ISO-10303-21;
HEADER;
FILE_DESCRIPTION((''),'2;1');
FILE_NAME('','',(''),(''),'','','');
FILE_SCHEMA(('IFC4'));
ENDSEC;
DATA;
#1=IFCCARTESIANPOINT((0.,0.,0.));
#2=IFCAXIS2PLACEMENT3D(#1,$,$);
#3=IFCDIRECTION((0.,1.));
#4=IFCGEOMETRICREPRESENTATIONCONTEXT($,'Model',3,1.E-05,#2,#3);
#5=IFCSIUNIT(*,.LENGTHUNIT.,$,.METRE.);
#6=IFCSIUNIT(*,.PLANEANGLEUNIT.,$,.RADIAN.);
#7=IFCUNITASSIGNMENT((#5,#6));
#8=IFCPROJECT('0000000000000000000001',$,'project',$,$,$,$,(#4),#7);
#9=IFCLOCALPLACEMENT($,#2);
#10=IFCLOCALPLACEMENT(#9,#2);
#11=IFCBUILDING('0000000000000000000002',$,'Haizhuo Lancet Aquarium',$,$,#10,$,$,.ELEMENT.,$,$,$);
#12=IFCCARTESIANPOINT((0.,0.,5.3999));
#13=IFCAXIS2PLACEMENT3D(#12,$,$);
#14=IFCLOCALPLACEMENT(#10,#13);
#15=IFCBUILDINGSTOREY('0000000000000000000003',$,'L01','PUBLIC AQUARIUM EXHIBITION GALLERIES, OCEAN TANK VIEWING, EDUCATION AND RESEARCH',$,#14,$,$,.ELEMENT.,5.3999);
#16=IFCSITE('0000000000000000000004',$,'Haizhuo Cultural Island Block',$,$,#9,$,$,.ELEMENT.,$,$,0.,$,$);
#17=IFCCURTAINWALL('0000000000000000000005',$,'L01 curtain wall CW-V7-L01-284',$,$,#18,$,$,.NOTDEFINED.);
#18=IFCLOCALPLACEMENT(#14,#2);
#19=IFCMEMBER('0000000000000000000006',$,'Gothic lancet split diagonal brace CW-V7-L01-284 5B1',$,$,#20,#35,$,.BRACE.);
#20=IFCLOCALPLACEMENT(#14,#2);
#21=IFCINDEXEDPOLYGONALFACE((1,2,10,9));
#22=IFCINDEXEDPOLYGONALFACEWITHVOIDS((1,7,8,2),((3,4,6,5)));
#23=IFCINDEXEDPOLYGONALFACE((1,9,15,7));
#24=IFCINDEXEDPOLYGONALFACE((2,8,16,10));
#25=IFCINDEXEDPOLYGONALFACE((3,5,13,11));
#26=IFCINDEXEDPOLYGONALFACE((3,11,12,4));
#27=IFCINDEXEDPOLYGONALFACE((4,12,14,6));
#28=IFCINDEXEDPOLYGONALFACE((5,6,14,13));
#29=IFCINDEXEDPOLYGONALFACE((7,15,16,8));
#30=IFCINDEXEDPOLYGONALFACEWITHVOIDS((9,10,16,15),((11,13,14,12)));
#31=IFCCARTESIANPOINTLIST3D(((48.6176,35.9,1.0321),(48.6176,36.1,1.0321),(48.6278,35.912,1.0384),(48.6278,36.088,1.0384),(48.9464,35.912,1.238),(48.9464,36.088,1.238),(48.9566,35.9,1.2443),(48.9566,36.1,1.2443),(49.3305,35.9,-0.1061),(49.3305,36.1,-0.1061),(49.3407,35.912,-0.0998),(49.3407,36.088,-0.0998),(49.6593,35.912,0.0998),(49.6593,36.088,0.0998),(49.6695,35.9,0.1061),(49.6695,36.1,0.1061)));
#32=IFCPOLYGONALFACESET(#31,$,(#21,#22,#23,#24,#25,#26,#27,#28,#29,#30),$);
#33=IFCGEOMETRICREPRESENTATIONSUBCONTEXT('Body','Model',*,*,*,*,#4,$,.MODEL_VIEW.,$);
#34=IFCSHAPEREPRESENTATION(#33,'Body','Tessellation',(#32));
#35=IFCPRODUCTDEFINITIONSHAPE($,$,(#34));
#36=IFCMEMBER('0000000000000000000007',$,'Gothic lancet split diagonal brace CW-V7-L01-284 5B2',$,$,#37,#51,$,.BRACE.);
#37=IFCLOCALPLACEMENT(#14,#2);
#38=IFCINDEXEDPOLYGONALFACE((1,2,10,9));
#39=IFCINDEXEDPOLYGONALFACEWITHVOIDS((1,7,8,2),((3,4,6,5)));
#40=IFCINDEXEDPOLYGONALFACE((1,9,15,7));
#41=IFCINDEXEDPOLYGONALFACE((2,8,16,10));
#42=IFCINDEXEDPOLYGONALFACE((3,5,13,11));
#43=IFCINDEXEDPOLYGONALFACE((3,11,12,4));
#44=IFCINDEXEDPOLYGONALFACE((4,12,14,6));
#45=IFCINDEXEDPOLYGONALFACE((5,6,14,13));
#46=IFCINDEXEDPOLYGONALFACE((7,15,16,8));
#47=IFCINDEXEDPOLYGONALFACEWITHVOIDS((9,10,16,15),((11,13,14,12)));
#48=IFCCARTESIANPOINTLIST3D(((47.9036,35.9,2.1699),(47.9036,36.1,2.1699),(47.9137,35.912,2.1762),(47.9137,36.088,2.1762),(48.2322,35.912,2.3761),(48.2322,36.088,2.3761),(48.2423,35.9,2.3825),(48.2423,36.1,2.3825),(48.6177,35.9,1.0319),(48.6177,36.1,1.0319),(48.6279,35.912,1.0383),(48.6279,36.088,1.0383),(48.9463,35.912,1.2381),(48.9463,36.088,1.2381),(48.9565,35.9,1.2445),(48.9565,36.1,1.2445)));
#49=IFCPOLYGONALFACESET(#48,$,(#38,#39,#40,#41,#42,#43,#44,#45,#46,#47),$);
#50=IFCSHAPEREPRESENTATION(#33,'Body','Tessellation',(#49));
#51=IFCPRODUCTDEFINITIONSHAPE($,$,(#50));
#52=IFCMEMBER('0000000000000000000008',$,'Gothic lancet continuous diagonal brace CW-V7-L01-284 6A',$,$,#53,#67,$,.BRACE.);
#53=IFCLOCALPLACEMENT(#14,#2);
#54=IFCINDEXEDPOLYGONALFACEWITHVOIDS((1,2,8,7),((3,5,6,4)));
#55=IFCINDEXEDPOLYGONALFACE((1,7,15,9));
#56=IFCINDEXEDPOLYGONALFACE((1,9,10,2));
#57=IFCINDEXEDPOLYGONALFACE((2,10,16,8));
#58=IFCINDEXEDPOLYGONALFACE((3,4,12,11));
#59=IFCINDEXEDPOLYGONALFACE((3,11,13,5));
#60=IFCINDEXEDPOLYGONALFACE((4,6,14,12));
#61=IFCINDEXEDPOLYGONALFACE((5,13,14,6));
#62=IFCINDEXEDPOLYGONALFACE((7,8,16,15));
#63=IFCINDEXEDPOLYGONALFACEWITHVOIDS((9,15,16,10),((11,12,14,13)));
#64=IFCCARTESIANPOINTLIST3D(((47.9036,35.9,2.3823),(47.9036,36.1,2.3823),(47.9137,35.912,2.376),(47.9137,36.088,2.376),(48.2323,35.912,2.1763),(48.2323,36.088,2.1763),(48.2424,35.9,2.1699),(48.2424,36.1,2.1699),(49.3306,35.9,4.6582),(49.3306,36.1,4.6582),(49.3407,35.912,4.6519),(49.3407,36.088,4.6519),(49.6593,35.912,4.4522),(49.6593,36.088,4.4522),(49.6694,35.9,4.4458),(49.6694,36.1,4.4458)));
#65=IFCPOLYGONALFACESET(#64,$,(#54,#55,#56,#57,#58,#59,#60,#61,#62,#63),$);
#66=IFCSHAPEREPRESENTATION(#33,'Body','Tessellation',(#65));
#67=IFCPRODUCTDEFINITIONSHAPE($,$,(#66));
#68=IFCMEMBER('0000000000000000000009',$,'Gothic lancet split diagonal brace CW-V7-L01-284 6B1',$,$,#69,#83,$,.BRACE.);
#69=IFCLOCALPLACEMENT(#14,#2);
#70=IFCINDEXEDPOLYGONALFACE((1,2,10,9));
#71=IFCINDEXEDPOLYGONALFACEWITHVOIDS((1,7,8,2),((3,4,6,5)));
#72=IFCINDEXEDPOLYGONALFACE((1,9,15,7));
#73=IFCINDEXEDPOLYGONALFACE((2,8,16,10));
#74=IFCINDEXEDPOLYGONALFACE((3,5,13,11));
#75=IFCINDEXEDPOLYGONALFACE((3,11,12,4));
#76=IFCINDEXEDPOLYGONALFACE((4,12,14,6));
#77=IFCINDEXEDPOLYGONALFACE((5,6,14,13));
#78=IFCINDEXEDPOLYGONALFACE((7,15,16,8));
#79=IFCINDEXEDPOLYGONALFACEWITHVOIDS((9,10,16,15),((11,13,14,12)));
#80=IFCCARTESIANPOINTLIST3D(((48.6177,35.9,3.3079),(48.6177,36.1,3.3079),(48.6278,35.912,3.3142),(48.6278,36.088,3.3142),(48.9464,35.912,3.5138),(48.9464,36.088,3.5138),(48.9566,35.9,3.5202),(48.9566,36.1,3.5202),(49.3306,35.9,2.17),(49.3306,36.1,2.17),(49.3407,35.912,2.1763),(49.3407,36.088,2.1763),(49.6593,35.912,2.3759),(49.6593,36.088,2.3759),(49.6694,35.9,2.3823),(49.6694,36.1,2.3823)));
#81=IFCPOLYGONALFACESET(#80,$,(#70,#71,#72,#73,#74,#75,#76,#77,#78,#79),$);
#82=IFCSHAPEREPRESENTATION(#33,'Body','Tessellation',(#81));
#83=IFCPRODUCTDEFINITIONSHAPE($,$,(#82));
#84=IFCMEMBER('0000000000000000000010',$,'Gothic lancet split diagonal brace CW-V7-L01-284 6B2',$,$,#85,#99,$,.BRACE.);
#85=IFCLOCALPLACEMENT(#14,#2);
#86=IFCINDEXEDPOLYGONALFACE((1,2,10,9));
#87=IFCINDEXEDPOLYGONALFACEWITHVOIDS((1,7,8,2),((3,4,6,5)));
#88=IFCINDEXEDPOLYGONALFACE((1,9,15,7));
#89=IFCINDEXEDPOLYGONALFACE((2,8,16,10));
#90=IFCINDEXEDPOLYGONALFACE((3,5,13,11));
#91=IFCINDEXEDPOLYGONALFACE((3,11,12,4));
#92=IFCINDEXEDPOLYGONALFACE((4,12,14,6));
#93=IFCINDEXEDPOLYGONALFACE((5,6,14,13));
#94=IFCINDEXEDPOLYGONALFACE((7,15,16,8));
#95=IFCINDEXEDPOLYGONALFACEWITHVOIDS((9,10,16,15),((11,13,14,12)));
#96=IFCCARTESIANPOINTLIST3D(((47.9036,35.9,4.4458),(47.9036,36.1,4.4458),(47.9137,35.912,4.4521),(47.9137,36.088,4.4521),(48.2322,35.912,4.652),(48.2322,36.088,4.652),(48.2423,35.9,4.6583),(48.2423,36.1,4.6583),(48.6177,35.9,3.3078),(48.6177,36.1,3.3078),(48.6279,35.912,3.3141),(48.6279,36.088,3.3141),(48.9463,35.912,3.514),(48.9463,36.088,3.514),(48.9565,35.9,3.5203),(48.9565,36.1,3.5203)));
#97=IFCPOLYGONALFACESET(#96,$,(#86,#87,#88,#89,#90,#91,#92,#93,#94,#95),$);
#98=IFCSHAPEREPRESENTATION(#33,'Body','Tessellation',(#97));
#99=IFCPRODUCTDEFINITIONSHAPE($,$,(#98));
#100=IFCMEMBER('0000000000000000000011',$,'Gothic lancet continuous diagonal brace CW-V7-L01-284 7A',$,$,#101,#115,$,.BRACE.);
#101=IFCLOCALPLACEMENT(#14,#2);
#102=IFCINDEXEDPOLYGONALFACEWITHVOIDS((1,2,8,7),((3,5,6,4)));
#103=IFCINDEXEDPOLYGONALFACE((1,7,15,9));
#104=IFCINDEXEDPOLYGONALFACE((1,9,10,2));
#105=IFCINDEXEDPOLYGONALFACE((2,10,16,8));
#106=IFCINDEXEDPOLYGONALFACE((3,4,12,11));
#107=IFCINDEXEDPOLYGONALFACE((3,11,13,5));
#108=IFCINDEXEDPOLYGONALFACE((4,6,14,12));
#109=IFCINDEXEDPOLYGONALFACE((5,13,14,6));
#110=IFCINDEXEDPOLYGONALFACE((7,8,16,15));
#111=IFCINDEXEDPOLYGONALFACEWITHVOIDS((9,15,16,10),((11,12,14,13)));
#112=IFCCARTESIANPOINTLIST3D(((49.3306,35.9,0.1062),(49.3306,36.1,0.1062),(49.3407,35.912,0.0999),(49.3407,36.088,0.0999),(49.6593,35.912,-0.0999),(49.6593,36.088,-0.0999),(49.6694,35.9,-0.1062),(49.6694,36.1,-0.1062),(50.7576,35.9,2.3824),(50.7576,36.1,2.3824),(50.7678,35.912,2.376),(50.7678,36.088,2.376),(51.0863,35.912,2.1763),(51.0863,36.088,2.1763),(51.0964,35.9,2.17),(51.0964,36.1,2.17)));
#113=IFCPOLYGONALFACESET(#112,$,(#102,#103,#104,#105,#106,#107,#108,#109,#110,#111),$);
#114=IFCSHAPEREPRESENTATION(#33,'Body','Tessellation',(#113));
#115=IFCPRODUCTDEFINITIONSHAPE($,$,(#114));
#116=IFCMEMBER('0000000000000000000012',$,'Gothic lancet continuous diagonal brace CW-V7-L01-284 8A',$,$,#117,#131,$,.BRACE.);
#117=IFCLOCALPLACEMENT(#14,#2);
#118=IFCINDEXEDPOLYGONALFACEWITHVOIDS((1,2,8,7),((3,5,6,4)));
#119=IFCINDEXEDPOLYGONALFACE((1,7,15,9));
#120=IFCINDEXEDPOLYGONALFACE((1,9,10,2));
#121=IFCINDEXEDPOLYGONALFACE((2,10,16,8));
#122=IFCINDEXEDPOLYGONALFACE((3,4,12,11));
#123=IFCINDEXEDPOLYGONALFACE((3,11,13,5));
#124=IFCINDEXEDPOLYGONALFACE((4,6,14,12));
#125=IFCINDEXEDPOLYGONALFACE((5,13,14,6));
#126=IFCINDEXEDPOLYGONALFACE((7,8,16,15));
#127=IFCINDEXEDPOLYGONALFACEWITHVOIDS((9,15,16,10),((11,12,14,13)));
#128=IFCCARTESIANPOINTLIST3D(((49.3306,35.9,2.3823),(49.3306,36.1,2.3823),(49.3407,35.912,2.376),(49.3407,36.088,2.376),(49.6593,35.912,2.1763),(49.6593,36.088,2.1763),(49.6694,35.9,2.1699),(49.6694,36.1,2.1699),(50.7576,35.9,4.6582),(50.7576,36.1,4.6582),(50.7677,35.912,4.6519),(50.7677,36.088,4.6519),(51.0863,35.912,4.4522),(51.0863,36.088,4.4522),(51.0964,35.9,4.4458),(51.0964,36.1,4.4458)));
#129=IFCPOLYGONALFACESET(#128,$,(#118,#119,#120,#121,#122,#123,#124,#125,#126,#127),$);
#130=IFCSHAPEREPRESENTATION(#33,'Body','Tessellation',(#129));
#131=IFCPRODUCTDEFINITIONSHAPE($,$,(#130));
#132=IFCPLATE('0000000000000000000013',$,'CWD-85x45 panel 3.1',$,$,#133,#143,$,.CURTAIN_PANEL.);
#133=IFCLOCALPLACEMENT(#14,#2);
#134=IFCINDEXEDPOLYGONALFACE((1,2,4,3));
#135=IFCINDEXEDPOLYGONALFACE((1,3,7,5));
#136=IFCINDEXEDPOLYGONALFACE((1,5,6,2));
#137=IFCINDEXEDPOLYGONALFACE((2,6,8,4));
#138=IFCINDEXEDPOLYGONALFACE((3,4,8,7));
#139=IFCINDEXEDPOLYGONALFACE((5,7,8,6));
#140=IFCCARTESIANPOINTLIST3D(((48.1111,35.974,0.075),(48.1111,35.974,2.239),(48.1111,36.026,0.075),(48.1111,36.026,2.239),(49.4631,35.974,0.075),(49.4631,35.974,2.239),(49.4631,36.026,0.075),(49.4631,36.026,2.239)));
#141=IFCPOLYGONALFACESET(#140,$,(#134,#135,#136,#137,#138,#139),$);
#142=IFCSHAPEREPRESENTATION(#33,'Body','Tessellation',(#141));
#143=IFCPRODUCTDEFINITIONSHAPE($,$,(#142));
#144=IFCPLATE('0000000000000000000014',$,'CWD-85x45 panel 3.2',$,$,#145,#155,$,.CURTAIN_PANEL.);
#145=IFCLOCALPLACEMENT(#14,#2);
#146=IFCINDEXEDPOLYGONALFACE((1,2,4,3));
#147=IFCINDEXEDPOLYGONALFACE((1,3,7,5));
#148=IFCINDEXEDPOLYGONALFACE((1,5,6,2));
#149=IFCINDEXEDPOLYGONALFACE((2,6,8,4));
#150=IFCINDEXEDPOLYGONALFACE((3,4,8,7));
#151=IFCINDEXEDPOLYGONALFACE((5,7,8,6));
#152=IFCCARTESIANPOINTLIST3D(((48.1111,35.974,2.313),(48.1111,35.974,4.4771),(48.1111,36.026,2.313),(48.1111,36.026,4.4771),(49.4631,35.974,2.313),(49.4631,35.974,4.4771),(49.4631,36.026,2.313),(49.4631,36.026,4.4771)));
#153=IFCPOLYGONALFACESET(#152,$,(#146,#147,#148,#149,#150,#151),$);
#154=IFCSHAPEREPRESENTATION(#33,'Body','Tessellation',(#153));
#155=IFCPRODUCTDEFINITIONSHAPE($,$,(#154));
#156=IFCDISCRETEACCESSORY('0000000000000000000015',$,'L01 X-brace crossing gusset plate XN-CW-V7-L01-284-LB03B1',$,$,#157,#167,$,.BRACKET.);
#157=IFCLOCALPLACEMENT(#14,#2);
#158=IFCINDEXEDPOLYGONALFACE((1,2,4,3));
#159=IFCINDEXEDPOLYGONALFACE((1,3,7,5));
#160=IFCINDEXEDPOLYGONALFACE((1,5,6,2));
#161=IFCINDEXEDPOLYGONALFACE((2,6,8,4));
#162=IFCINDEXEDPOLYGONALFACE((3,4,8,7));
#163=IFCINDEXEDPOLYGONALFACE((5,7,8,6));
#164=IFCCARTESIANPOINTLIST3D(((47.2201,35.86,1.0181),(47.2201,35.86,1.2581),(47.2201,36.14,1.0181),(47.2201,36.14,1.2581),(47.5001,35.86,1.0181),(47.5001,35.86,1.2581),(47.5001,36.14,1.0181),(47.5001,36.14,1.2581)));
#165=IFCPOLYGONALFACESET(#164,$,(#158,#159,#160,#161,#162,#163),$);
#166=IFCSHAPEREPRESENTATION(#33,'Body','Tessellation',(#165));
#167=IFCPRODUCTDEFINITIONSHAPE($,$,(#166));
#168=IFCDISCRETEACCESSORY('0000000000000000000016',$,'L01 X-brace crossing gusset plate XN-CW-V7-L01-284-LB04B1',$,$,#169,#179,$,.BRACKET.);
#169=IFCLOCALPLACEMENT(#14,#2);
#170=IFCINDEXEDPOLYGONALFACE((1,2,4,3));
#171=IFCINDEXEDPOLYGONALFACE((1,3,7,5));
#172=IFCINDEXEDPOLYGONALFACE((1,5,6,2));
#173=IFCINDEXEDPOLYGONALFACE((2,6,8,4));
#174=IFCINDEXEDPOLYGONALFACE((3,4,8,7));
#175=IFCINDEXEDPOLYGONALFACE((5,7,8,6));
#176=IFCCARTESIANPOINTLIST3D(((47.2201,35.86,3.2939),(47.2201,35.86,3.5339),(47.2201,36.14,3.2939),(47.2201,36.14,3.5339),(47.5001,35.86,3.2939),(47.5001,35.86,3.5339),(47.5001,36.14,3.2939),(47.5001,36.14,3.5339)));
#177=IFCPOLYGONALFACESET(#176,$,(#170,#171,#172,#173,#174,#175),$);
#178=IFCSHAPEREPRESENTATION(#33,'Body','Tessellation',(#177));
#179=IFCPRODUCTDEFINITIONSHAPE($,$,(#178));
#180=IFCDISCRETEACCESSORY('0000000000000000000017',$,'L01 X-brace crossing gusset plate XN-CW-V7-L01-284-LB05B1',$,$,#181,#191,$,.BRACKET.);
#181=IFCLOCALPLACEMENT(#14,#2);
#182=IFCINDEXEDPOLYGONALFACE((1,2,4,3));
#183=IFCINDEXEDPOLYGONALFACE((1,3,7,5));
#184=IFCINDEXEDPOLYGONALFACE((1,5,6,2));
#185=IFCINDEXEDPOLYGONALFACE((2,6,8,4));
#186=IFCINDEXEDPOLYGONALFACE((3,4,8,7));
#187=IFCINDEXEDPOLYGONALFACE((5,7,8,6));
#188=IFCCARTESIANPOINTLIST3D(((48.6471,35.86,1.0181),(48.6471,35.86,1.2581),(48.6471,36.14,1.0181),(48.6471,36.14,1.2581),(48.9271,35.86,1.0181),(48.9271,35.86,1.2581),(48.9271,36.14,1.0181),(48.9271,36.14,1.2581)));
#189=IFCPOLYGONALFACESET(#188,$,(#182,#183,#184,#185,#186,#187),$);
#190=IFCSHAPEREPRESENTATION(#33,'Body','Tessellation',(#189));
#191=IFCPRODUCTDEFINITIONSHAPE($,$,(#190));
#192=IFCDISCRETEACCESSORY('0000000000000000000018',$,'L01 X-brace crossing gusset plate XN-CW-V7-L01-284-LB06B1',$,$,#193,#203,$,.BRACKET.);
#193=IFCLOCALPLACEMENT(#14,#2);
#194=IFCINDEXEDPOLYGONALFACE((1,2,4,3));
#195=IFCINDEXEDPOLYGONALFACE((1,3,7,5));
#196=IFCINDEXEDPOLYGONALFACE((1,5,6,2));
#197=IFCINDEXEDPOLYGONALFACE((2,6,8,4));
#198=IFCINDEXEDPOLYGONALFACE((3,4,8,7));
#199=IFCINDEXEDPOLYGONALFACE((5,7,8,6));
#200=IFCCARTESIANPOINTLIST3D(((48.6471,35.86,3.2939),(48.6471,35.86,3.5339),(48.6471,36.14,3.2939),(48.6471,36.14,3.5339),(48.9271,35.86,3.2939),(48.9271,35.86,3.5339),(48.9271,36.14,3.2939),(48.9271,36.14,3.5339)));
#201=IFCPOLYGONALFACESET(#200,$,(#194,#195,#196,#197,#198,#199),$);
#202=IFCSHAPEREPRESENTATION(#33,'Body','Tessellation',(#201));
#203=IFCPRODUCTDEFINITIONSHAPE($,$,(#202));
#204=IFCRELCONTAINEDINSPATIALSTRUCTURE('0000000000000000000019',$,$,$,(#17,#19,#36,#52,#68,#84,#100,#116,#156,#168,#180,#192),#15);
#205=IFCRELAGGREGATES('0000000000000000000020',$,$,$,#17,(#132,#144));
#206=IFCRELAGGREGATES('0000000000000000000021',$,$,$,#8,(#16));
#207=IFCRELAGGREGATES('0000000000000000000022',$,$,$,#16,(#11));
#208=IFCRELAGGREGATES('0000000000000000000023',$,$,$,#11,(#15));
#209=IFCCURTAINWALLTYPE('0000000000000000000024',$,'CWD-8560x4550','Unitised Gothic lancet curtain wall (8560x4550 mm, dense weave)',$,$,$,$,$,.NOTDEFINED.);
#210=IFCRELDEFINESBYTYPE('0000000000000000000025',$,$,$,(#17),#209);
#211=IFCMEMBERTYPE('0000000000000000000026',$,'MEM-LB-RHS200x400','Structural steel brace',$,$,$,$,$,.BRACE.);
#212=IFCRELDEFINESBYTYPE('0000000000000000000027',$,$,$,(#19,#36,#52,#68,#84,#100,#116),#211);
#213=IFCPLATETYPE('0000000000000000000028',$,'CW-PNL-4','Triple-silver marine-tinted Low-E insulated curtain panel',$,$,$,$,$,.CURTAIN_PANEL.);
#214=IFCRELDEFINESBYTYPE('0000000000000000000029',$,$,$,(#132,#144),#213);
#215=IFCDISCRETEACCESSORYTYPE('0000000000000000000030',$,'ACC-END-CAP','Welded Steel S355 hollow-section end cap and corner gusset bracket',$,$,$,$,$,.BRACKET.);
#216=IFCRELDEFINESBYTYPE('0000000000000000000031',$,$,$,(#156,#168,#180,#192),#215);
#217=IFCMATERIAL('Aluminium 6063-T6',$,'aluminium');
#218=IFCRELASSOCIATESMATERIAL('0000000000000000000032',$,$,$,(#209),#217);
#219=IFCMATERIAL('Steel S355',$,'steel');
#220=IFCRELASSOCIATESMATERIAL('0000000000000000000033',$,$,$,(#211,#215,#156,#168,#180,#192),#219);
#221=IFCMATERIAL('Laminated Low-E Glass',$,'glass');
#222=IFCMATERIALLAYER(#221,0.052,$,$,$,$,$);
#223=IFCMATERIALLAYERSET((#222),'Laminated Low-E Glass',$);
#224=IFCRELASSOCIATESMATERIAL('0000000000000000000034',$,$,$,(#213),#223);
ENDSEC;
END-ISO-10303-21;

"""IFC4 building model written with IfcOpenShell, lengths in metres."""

from ifc_helpers import new_model, si_unit, direction, frame, origin, origin_2d, place, context, subcontext, project, spatial, rectangle, hollow_rectangle, extrude, material, layer, layer_set, material_profile, profile_set, type_object, element, aggregate, save


model = new_model("IFC4")

# Units and contexts
model_context = context("Model", 3, precision=1e-05, world=origin(), true_north=direction((0.0, 1.0)))
body_context = subcontext(model_context, "Body", "Model", "MODEL_VIEW")
ifc_project = project(units=[si_unit("LENGTHUNIT", "METRE"), si_unit("PLANEANGLEUNIT", "RADIAN")], contexts=[model_context])

# Site, building, storey
site_placement = place(None, origin())
site = spatial("IfcSite", under=ifc_project, at=site_placement, Name="Haizhuo Cultural Island Block", CompositionType="ELEMENT", RefElevation=0.0)
building_placement = place(site_placement, origin())
building = spatial("IfcBuilding", under=site, at=building_placement, Name="Haizhuo Lancet Aquarium", CompositionType="ELEMENT")
storey_placement = place(building_placement, frame((0.0, 0.0, 5.3999)))
storey = spatial("IfcBuildingStorey", under=building, at=storey_placement, Name="L01", Description="PUBLIC AQUARIUM EXHIBITION GALLERIES, OCEAN TANK VIEWING, EDUCATION AND RESEARCH", CompositionType="ELEMENT", Elevation=5.3999)

# Curtain wall
ifc_material_1 = material(Name="Aluminium 6063-T6", Category="aluminium")
curtain_wall_type = type_object("IfcCurtainWallType", Name="CWD-8560x4550", Description="Unitised Gothic lancet curtain wall (8560x4550 mm, dense weave)", PredefinedType="NOTDEFINED", material=ifc_material_1)
curtain_wall_placement = place(storey_placement, origin())
curtain_wall = element("IfcCurtainWall", 1, at=curtain_wall_placement, inside=storey, type_object=curtain_wall_type, Name="L01 curtain wall CW-V7-L01-284", PredefinedType="NOTDEFINED")

# Members
ifc_material_2 = material(Name="Steel S355", Category="steel")
ifc_material_profile_1 = material_profile(ifc_material_2, hollow_rectangle(XDim=0.2, YDim=0.3999, WallThickness=0.012, at=origin_2d()), Name="RHS 200x400x12")
ifc_profile_set_1 = profile_set([ifc_material_profile_1], Name="Steel S355")
member_type_1 = type_object("IfcMemberType", Name="MEM-LB-RHS200x400", Description="Structural steel brace", PredefinedType="BRACE", material=ifc_profile_set_1)
member_1_placement = place(storey_placement, frame((49.5, 36.0, 0.0), z_axis=(-0.530816, 0.0, 0.847487), x_axis=(0.0, -1.0, 0.0)))
element("IfcMember", 2, at=member_1_placement, inside=storey, type_object=member_type_1, Name="Gothic lancet split diagonal brace CW-V7-L01-284 5B1", PredefinedType="BRACE", context=body_context, shape_type="SweptSolid", body=[
    extrude(hollow_rectangle(XDim=0.2, YDim=0.3999, WallThickness=0.012, at=origin_2d()), origin(), (0.0, 0.0, 1.0), 1.343),
])
member_2_placement = place(storey_placement, frame((48.7871, 36.0, 1.1382), z_axis=(-0.53155, 0.0, 0.847027), x_axis=(0.0, -1.0, 0.0)))
element("IfcMember", 3, at=member_2_placement, inside=storey, type_object=member_type_1, Name="Gothic lancet split diagonal brace CW-V7-L01-284 5B2", PredefinedType="BRACE", context=body_context, shape_type="SweptSolid", body=[
    extrude(hollow_rectangle(XDim=0.2, YDim=0.3999, WallThickness=0.012, at=origin_2d()), origin(), (0.0, 0.0, 1.0), 1.3435),
])
member_3_placement = place(storey_placement, frame((48.073, 36.0, 2.2761), z_axis=(0.531224, 0.0, 0.847232), x_axis=(0.0, 1.0, 0.0)))
element("IfcMember", 4, at=member_3_placement, inside=storey, type_object=member_type_1, Name="Gothic lancet continuous diagonal brace CW-V7-L01-284 6A", PredefinedType="BRACE", context=body_context, shape_type="SweptSolid", body=[
    extrude(hollow_rectangle(XDim=0.2, YDim=0.3999, WallThickness=0.012, at=origin_2d()), origin(), (0.0, 0.0, 1.0), 2.6863),
])
member_4_placement = place(storey_placement, frame((49.5, 36.0, 2.2761), z_axis=(-0.530897, 0.0, 0.847436), x_axis=(0.0, -1.0, 0.0)))
element("IfcMember", 5, at=member_4_placement, inside=storey, type_object=member_type_1, Name="Gothic lancet split diagonal brace CW-V7-L01-284 6B1", PredefinedType="BRACE", context=body_context, shape_type="SweptSolid", body=[
    extrude(hollow_rectangle(XDim=0.2, YDim=0.3999, WallThickness=0.012, at=origin_2d()), origin(), (0.0, 0.0, 1.0), 1.3428),
])
member_5_placement = place(storey_placement, frame((48.7871, 36.0, 3.4141), z_axis=(-0.53155, 0.0, 0.847027), x_axis=(0.0, -1.0, 0.0)))
element("IfcMember", 6, at=member_5_placement, inside=storey, type_object=member_type_1, Name="Gothic lancet split diagonal brace CW-V7-L01-284 6B2", PredefinedType="BRACE", context=body_context, shape_type="SweptSolid", body=[
    extrude(hollow_rectangle(XDim=0.2, YDim=0.3999, WallThickness=0.012, at=origin_2d()), origin(), (0.0, 0.0, 1.0), 1.3435),
])
member_6_placement = place(storey_placement, frame((49.5, 36.0, 0.0), z_axis=(0.531183, 0.0, 0.847257), x_axis=(0.0, 1.0, 0.0)))
element("IfcMember", 7, at=member_6_placement, inside=storey, type_object=member_type_1, Name="Gothic lancet continuous diagonal brace CW-V7-L01-284 7A", PredefinedType="BRACE", context=body_context, shape_type="SweptSolid", body=[
    extrude(hollow_rectangle(XDim=0.2, YDim=0.3999, WallThickness=0.012, at=origin_2d()), origin(), (0.0, 0.0, 1.0), 2.6865),
])
member_7_placement = place(storey_placement, frame((49.5, 36.0, 2.2761), z_axis=(0.531224, 0.0, 0.847232), x_axis=(0.0, 1.0, 0.0)))
element("IfcMember", 8, at=member_7_placement, inside=storey, type_object=member_type_1, Name="Gothic lancet continuous diagonal brace CW-V7-L01-284 8A", PredefinedType="BRACE", context=body_context, shape_type="SweptSolid", body=[
    extrude(hollow_rectangle(XDim=0.2, YDim=0.3999, WallThickness=0.012, at=origin_2d()), origin(), (0.0, 0.0, 1.0), 2.6863),
])

# Plates
ifc_material_3 = material(Name="Laminated Low-E Glass", Category="glass")
ifc_layer = layer(ifc_material_3, 0.052)
ifc_layer_set = layer_set([ifc_layer], Name="Laminated Low-E Glass")
plate_type = type_object("IfcPlateType", Name="CW-PNL-4", Description="Triple-silver marine-tinted Low-E insulated curtain panel", PredefinedType="CURTAIN_PANEL", material=ifc_layer_set)
plate_1_placement = place(storey_placement, frame((48.7871, 36.0, 0.075), z_axis=(0.0, 0.0, 1.0), x_axis=(1.0, 0.0, 0.0)))
plate_1 = element("IfcPlate", 9, at=plate_1_placement, type_object=plate_type, Name="CWD-85x45 panel 3.1", PredefinedType="CURTAIN_PANEL", context=body_context, shape_type="SweptSolid", body=[
    extrude(rectangle(XDim=1.3521, YDim=0.052, at=origin_2d()), origin(), (0.0, 0.0, 1.0), 2.1641),
])
plate_2_placement = place(storey_placement, frame((48.7871, 36.0, 2.313), z_axis=(0.0, 0.0, 1.0), x_axis=(1.0, 0.0, 0.0)))
plate_2 = element("IfcPlate", 10, at=plate_2_placement, type_object=plate_type, Name="CWD-85x45 panel 3.2", PredefinedType="CURTAIN_PANEL", context=body_context, shape_type="SweptSolid", body=[
    extrude(rectangle(XDim=1.3521, YDim=0.052, at=origin_2d()), origin(), (0.0, 0.0, 1.0), 2.1641),
])
aggregate(curtain_wall, [plate_1, plate_2])

# Discrete accessories
discrete_accessory_type = type_object("IfcDiscreteAccessoryType", Name="ACC-END-CAP", Description="Welded Steel S355 hollow-section end cap and corner gusset bracket", PredefinedType="BRACKET", material=ifc_material_2)
for number, where, z_axis, x_axis, name in (
    (11, (47.3601, 36.0, 1.0181), (0.0, 0.0, 1.0), (1.0, 0.0, 0.0), "L01 X-brace crossing gusset plate XN-CW-V7-L01-284-LB03B1"),
    (12, (47.3601, 36.0, 3.2939), (0.0, 0.0, 1.0), (1.0, 0.0, 0.0), "L01 X-brace crossing gusset plate XN-CW-V7-L01-284-LB04B1"),
    (13, (48.7871, 36.0, 1.0181), (0.0, 0.0, 1.0), (1.0, 0.0, 0.0), "L01 X-brace crossing gusset plate XN-CW-V7-L01-284-LB05B1"),
    (14, (48.7871, 36.0, 3.2939), (0.0, 0.0, 1.0), (1.0, 0.0, 0.0), "L01 X-brace crossing gusset plate XN-CW-V7-L01-284-LB06B1"),
):
    element("IfcDiscreteAccessory", number, at=place(storey_placement, frame(where, z_axis=z_axis, x_axis=x_axis)), inside=storey, type_object=discrete_accessory_type, material=ifc_material_2, Name=name, PredefinedType="BRACKET", context=body_context, shape_type="SweptSolid", body=[
        extrude(rectangle(XDim=0.28, YDim=0.28, at=origin_2d()), origin(), (0.0, 0.0, 1.0), 0.24),
    ])

save(model, "model.ifc")
